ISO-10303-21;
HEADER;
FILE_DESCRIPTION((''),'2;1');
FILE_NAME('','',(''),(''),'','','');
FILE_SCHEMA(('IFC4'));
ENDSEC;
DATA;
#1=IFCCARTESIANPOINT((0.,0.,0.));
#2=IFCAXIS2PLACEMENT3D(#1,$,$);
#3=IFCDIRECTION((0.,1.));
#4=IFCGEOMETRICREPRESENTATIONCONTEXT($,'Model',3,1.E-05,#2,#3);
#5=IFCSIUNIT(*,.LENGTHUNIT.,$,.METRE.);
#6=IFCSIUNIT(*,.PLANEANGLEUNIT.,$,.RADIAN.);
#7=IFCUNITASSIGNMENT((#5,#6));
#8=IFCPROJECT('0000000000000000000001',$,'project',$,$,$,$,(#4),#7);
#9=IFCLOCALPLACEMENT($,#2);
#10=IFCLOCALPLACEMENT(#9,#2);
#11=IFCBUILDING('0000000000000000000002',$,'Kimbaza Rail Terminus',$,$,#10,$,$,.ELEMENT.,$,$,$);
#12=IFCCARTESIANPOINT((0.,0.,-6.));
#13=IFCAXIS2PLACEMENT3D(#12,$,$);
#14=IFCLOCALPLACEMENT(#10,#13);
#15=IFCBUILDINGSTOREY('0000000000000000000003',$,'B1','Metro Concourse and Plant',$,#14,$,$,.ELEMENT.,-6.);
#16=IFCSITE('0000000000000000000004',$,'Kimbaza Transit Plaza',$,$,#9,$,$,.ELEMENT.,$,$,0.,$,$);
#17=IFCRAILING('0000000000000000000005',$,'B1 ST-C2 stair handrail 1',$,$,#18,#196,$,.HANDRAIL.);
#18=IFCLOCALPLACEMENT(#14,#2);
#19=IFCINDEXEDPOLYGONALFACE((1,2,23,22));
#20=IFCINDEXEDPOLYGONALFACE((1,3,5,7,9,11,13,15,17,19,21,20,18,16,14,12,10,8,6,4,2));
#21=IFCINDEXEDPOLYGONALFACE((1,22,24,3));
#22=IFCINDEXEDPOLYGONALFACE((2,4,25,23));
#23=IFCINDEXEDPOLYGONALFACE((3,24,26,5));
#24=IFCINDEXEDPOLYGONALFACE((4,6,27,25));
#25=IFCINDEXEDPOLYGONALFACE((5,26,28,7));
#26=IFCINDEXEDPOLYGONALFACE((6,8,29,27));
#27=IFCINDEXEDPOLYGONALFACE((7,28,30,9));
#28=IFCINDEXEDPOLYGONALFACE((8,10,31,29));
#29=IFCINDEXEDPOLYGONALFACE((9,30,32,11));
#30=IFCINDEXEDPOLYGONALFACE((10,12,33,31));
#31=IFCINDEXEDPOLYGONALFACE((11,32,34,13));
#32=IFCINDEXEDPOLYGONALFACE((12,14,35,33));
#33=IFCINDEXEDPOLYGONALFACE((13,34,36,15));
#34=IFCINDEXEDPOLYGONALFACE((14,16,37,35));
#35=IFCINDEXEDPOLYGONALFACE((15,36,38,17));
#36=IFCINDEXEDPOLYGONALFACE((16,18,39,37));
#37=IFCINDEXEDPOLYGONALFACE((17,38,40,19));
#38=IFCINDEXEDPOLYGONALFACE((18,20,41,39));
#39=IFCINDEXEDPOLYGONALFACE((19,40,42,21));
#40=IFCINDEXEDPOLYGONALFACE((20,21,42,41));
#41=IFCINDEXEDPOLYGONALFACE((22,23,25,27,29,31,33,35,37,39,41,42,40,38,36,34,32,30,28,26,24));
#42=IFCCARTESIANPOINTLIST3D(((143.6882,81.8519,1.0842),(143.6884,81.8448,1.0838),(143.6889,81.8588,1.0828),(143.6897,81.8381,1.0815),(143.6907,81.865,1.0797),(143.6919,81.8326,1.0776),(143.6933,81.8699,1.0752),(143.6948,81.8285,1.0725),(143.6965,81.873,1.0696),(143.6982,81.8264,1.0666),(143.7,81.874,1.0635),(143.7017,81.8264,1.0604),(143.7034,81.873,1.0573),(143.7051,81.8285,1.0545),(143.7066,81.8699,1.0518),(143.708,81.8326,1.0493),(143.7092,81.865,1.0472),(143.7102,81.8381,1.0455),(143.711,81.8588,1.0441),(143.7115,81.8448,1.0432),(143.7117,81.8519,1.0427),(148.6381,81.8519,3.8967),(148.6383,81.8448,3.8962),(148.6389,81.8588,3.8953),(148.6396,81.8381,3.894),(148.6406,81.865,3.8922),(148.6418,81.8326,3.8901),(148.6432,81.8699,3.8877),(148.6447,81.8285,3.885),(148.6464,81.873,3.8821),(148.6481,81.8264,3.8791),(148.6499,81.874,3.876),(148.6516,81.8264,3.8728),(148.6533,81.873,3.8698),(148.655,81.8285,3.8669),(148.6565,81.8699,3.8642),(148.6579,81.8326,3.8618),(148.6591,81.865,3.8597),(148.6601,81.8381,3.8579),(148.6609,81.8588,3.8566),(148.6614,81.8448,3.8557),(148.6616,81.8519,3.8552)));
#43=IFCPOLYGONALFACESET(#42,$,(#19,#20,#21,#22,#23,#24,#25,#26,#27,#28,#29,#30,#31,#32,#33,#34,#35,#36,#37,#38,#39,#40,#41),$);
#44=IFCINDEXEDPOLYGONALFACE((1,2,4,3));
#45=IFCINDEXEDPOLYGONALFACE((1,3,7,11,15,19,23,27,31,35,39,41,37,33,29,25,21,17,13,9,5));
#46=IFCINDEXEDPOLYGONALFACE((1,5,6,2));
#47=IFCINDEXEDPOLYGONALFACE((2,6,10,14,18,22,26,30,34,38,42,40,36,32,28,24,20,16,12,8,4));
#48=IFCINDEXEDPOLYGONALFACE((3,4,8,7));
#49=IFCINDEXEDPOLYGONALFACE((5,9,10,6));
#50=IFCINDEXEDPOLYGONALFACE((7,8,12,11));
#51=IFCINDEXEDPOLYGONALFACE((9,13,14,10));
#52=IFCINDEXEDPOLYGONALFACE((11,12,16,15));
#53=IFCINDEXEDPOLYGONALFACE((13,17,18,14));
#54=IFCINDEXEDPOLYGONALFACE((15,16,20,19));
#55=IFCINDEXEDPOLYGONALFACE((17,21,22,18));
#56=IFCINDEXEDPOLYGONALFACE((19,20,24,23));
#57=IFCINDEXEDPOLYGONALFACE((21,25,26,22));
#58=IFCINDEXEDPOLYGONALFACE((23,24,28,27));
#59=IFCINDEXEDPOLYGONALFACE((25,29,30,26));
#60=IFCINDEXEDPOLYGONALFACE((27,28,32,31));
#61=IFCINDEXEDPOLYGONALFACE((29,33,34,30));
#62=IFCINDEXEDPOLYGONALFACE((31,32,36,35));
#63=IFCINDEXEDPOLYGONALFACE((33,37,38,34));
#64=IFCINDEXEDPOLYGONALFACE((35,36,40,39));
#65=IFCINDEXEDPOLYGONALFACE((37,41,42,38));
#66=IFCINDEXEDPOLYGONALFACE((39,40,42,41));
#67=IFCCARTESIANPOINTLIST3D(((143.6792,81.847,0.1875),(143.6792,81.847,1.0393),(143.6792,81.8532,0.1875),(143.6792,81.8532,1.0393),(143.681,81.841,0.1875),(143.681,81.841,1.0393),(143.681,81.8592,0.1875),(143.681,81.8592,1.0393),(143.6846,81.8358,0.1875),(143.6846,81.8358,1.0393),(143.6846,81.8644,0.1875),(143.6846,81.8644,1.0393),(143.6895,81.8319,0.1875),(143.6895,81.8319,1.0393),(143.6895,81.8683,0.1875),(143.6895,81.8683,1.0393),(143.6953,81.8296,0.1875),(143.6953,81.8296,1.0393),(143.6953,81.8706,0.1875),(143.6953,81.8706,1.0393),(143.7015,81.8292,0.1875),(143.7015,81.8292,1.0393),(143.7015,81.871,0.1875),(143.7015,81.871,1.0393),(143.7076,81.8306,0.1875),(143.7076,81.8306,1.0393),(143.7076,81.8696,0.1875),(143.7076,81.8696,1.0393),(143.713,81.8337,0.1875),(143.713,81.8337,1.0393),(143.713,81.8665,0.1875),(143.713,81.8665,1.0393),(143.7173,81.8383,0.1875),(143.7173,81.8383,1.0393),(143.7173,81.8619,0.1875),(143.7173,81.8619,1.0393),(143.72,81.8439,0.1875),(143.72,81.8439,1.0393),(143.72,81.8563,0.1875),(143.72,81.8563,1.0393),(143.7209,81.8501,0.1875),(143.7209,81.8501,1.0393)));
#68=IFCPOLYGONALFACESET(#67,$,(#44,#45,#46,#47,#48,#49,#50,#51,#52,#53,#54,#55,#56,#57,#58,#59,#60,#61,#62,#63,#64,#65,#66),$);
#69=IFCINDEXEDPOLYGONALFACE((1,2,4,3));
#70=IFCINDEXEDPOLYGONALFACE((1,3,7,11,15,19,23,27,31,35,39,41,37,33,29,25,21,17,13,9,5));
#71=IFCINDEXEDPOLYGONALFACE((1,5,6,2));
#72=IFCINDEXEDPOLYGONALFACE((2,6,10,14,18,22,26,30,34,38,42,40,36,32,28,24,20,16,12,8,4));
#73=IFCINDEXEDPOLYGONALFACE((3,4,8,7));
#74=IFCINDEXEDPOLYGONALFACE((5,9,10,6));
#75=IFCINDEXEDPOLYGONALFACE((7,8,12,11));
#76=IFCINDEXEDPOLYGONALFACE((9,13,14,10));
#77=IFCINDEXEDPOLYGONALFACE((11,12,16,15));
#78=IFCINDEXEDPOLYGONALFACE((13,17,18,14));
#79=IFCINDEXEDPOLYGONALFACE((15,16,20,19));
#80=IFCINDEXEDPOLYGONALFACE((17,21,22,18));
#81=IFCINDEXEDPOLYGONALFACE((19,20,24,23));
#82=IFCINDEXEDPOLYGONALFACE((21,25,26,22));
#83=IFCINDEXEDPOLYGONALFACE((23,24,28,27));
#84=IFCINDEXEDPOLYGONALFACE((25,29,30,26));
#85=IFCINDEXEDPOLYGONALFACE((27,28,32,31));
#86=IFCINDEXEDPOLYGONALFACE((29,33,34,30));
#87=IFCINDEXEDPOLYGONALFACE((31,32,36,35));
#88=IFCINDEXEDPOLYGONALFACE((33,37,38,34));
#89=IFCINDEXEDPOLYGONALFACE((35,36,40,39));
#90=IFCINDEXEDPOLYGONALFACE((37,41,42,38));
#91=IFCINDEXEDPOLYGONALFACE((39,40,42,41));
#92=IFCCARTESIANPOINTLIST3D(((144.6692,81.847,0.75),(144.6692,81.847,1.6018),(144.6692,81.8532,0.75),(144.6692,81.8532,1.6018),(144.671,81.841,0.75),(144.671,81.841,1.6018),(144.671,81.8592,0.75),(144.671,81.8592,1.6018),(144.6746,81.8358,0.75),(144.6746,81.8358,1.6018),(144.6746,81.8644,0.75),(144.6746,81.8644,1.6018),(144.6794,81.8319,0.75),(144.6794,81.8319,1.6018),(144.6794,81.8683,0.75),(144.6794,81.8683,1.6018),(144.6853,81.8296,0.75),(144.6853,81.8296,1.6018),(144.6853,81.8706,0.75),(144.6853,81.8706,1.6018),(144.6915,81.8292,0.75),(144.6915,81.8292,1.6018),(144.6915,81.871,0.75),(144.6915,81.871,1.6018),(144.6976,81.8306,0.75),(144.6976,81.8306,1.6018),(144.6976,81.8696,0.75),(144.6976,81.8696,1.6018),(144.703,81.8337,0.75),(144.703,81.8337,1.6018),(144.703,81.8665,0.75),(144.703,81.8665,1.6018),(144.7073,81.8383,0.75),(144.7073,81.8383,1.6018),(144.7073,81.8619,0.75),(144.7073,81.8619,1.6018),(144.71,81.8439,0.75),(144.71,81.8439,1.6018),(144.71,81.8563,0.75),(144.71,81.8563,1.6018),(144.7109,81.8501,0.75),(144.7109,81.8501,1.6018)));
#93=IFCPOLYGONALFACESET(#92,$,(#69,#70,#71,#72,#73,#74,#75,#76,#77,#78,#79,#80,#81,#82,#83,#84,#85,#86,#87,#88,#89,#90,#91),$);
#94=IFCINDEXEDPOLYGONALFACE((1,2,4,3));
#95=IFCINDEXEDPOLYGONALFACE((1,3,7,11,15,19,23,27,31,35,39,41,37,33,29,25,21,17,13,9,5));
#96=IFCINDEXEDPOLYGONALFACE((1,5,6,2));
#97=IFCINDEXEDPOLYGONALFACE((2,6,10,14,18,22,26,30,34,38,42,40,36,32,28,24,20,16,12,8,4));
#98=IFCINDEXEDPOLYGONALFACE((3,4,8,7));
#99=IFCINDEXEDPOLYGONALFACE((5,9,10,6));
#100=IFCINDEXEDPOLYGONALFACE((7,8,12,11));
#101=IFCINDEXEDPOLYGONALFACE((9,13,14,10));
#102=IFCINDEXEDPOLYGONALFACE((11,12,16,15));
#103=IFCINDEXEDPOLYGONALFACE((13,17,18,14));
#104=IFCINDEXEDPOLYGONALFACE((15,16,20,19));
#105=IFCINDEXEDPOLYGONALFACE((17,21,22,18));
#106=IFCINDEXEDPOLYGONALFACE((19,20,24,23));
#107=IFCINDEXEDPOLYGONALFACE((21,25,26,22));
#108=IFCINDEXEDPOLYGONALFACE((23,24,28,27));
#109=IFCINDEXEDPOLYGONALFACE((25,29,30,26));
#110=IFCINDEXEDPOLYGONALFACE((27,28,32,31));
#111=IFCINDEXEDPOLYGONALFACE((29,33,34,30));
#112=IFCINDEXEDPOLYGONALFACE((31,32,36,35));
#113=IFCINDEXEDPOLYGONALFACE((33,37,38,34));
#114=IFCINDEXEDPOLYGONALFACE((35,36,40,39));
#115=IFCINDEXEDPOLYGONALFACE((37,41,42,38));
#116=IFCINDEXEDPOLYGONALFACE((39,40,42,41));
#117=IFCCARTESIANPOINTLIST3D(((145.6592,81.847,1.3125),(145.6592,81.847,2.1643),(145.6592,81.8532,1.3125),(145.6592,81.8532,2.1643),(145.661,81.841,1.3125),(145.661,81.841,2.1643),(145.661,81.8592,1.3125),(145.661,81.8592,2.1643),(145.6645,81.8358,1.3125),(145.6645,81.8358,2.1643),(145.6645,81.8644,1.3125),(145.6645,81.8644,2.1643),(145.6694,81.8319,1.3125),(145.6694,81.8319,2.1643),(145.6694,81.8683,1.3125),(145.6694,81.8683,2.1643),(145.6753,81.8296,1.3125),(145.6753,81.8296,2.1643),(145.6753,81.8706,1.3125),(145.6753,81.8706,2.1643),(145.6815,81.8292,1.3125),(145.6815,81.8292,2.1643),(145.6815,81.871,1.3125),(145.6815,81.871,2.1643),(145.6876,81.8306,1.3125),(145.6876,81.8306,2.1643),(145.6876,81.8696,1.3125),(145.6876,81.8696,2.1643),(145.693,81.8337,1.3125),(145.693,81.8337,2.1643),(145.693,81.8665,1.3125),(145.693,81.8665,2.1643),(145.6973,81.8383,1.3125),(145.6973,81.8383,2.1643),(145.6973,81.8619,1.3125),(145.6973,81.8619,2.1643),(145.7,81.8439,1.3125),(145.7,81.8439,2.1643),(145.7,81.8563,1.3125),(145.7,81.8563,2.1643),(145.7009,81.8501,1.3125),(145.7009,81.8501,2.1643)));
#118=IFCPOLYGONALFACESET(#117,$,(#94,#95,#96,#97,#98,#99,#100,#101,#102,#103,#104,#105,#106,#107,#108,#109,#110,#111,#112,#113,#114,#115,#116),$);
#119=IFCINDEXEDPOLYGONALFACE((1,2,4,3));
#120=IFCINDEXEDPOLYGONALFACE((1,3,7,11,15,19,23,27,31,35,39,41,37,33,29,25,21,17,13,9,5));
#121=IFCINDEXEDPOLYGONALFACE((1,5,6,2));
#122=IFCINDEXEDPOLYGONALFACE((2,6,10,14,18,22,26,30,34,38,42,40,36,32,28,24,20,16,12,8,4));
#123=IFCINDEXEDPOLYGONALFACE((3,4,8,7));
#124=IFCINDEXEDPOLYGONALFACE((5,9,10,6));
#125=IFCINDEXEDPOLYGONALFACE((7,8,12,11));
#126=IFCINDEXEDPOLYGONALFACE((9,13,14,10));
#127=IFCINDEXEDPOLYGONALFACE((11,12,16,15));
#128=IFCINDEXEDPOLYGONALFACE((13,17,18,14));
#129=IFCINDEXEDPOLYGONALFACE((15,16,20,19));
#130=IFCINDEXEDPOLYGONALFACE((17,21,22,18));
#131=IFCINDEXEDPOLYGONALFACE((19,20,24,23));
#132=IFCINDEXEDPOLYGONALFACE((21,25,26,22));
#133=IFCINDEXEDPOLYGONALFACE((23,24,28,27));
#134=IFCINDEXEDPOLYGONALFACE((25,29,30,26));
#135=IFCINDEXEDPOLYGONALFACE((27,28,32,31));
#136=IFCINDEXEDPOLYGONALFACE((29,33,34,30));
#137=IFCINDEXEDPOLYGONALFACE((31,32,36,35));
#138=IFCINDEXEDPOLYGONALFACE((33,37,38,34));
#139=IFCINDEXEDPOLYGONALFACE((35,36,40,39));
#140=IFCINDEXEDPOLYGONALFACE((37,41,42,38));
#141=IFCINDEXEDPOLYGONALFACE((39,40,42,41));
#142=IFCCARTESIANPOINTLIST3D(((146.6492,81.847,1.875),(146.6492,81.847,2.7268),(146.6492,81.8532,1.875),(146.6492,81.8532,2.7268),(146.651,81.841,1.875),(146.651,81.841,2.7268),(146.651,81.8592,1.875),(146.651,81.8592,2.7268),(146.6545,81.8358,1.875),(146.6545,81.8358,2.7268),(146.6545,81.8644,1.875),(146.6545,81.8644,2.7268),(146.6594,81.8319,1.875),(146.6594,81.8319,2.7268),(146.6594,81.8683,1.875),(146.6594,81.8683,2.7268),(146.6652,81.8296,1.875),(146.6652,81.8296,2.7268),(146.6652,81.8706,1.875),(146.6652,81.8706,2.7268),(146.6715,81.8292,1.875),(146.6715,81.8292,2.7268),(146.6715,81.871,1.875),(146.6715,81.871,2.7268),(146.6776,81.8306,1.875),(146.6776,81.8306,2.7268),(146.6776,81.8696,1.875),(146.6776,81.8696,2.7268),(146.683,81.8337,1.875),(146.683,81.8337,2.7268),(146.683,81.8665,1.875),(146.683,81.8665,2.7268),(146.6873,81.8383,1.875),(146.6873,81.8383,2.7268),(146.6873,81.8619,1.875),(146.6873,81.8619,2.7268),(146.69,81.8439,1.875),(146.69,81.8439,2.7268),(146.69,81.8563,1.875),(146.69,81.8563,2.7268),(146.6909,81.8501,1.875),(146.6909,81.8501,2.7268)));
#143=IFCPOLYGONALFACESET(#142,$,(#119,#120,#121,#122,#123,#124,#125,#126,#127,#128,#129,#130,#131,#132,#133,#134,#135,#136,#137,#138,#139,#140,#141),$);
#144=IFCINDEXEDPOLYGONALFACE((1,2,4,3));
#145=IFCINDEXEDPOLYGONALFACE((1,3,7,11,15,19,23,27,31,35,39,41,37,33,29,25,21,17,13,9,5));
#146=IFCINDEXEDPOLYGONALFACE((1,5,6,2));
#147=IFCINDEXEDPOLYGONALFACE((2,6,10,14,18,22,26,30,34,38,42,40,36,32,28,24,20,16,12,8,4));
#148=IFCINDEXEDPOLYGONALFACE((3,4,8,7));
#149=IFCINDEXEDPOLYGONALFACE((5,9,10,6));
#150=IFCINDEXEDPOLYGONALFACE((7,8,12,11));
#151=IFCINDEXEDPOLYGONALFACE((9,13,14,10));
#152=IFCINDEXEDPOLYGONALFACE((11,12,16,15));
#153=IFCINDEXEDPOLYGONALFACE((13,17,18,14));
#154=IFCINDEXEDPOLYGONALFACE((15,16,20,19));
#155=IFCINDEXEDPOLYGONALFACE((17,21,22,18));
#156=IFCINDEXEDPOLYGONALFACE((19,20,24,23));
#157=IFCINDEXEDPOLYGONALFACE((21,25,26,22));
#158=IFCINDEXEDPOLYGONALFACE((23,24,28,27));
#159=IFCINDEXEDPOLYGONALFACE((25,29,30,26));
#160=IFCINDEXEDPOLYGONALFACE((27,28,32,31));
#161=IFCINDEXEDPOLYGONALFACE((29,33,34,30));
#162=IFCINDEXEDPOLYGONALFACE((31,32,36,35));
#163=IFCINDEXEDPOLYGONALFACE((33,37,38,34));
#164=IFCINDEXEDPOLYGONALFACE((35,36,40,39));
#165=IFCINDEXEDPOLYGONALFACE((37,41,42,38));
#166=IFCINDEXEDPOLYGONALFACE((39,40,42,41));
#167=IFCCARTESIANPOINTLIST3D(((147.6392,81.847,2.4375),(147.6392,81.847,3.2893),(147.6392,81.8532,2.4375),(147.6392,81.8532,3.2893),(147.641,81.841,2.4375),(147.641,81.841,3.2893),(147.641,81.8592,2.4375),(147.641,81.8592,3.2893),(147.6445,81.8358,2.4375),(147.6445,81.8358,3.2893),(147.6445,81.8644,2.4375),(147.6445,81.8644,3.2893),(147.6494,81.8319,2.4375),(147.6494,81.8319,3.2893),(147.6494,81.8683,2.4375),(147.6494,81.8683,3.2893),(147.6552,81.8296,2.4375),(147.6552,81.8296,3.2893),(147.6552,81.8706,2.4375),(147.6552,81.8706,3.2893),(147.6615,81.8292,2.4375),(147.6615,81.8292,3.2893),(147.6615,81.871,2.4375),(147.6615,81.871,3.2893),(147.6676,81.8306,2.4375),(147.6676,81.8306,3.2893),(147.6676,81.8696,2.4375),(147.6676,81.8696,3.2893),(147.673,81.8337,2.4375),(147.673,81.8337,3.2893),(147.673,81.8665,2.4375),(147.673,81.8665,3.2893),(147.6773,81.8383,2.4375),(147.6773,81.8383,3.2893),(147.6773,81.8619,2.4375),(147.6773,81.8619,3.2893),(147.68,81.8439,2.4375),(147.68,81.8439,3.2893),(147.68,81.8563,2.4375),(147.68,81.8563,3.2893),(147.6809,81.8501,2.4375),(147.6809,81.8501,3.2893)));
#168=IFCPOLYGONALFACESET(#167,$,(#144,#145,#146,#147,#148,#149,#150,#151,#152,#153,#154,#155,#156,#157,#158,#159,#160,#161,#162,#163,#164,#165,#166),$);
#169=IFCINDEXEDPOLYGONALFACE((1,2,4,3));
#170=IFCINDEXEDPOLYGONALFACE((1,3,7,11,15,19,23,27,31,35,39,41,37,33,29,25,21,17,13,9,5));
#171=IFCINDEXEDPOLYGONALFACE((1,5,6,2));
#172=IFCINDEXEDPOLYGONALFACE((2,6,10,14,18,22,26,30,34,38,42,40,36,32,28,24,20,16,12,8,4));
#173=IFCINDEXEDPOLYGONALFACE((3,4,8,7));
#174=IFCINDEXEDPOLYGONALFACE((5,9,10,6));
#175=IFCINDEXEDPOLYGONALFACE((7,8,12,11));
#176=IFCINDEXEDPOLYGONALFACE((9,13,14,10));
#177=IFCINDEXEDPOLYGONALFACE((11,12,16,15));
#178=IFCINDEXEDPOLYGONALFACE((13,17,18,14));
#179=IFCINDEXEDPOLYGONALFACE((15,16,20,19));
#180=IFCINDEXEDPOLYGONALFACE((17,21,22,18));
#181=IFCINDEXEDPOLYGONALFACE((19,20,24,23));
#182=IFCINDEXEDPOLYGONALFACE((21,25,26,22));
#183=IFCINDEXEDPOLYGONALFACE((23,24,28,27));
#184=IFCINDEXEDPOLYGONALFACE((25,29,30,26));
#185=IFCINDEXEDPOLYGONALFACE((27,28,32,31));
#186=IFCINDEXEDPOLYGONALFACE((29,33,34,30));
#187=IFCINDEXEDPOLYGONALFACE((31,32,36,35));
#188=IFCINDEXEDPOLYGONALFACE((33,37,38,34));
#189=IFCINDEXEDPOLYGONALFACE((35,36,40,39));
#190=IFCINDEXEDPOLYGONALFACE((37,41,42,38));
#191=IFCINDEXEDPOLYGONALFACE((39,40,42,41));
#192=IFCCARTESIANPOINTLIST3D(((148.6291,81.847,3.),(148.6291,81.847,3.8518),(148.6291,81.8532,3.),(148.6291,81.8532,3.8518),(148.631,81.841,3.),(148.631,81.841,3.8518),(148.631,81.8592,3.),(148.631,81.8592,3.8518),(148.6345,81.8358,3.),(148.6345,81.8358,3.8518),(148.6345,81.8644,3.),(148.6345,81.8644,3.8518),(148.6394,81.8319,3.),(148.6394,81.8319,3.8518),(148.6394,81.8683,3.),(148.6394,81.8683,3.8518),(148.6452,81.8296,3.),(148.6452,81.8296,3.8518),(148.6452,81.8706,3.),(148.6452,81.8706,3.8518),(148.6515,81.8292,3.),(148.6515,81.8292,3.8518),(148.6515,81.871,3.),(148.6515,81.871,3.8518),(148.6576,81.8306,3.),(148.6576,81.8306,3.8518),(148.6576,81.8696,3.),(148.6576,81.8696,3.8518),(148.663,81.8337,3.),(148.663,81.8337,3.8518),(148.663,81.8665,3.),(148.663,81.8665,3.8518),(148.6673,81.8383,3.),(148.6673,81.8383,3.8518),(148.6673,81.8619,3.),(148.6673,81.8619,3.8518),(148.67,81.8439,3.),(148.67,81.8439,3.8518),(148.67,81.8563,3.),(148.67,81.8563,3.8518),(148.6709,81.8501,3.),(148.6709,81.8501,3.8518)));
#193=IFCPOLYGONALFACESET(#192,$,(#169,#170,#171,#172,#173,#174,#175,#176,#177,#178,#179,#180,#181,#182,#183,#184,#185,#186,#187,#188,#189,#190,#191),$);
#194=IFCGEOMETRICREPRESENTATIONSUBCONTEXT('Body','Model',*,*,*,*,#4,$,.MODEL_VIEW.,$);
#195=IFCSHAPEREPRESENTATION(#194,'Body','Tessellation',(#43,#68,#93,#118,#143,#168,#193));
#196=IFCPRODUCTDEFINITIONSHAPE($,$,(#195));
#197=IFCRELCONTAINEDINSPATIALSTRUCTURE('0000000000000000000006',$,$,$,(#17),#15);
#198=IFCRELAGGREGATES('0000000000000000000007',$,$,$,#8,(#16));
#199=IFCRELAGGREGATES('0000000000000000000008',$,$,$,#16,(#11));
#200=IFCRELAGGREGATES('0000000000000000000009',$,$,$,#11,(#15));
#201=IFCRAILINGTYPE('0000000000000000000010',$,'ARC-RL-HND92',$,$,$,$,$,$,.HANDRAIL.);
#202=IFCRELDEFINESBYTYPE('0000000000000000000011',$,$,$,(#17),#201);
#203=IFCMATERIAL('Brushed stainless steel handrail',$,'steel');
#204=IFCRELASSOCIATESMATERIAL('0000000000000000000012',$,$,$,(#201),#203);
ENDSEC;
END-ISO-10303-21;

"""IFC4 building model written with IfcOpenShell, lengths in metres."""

from ifc_helpers import new_model, si_unit, direction, frame, origin, origin_2d, place, context, subcontext, project, spatial, circle, extrude, material, type_object, element, save


model = new_model("IFC4")

# Units and contexts
model_context = context("Model", 3, precision=1e-05, world=origin(), true_north=direction((0.0, 1.0)))
body_context = subcontext(model_context, "Body", "Model", "MODEL_VIEW")
ifc_project = project(units=[si_unit("LENGTHUNIT", "METRE"), si_unit("PLANEANGLEUNIT", "RADIAN")], contexts=[model_context])

# Site, building, storey
site_placement = place(None, origin())
site = spatial("IfcSite", under=ifc_project, at=site_placement, Name="Kimbaza Transit Plaza", CompositionType="ELEMENT", RefElevation=0.0)
building_placement = place(site_placement, origin())
building = spatial("IfcBuilding", under=site, at=building_placement, Name="Kimbaza Rail Terminus", CompositionType="ELEMENT")
storey_placement = place(building_placement, frame((0.0, 0.0, -6.0)))
storey = spatial("IfcBuildingStorey", under=building, at=storey_placement, Name="B1", Description="Metro Concourse and Plant", CompositionType="ELEMENT", Elevation=-6.0)

# Railing
ifc_material_1 = material(Name="Brushed stainless steel handrail", Category="steel")
railing_type_1 = type_object("IfcRailingType", Name="ARC-RL-HND92", PredefinedType="HANDRAIL", material=ifc_material_1)
railing_1_placement = place(storey_placement, frame((143.7, 81.8501, 0.1875)))
element("IfcRailing", 1, at=railing_1_placement, inside=storey, type_object=railing_type_1, Name="B1 ST-C2 stair handrail 1", PredefinedType="HANDRAIL", context=body_context, shape_type="SweptSolid", body=[
    extrude(circle(Radius=0.0239, at=origin_2d()), frame((0.0, 0.0, 0.876), z_axis=(0.869454, 0.0, 0.494013), x_axis=(0.0, 1.0, 0.0)), (0.0, 0.0, 1.0), 5.6931),
    extrude(circle(Radius=0.021, at=origin_2d()), origin(), (0.0, 0.0, 1.0), 0.8518),
    extrude(circle(Radius=0.021, at=origin_2d()), frame((0.99, 0.0, 0.5625)), (0.0, 0.0, 1.0), 0.8518),
    extrude(circle(Radius=0.021, at=origin_2d()), frame((1.98, 0.0, 1.125)), (0.0, 0.0, 1.0), 0.8518),
    extrude(circle(Radius=0.021, at=origin_2d()), frame((2.97, 0.0, 1.6875)), (0.0, 0.0, 1.0), 0.8518),
    extrude(circle(Radius=0.021, at=origin_2d()), frame((3.96, 0.0, 2.25)), (0.0, 0.0, 1.0), 0.8518),
    extrude(circle(Radius=0.021, at=origin_2d()), frame((4.95, 0.0, 2.8125)), (0.0, 0.0, 1.0), 0.8518),
])

save(model, "model.ifc")
